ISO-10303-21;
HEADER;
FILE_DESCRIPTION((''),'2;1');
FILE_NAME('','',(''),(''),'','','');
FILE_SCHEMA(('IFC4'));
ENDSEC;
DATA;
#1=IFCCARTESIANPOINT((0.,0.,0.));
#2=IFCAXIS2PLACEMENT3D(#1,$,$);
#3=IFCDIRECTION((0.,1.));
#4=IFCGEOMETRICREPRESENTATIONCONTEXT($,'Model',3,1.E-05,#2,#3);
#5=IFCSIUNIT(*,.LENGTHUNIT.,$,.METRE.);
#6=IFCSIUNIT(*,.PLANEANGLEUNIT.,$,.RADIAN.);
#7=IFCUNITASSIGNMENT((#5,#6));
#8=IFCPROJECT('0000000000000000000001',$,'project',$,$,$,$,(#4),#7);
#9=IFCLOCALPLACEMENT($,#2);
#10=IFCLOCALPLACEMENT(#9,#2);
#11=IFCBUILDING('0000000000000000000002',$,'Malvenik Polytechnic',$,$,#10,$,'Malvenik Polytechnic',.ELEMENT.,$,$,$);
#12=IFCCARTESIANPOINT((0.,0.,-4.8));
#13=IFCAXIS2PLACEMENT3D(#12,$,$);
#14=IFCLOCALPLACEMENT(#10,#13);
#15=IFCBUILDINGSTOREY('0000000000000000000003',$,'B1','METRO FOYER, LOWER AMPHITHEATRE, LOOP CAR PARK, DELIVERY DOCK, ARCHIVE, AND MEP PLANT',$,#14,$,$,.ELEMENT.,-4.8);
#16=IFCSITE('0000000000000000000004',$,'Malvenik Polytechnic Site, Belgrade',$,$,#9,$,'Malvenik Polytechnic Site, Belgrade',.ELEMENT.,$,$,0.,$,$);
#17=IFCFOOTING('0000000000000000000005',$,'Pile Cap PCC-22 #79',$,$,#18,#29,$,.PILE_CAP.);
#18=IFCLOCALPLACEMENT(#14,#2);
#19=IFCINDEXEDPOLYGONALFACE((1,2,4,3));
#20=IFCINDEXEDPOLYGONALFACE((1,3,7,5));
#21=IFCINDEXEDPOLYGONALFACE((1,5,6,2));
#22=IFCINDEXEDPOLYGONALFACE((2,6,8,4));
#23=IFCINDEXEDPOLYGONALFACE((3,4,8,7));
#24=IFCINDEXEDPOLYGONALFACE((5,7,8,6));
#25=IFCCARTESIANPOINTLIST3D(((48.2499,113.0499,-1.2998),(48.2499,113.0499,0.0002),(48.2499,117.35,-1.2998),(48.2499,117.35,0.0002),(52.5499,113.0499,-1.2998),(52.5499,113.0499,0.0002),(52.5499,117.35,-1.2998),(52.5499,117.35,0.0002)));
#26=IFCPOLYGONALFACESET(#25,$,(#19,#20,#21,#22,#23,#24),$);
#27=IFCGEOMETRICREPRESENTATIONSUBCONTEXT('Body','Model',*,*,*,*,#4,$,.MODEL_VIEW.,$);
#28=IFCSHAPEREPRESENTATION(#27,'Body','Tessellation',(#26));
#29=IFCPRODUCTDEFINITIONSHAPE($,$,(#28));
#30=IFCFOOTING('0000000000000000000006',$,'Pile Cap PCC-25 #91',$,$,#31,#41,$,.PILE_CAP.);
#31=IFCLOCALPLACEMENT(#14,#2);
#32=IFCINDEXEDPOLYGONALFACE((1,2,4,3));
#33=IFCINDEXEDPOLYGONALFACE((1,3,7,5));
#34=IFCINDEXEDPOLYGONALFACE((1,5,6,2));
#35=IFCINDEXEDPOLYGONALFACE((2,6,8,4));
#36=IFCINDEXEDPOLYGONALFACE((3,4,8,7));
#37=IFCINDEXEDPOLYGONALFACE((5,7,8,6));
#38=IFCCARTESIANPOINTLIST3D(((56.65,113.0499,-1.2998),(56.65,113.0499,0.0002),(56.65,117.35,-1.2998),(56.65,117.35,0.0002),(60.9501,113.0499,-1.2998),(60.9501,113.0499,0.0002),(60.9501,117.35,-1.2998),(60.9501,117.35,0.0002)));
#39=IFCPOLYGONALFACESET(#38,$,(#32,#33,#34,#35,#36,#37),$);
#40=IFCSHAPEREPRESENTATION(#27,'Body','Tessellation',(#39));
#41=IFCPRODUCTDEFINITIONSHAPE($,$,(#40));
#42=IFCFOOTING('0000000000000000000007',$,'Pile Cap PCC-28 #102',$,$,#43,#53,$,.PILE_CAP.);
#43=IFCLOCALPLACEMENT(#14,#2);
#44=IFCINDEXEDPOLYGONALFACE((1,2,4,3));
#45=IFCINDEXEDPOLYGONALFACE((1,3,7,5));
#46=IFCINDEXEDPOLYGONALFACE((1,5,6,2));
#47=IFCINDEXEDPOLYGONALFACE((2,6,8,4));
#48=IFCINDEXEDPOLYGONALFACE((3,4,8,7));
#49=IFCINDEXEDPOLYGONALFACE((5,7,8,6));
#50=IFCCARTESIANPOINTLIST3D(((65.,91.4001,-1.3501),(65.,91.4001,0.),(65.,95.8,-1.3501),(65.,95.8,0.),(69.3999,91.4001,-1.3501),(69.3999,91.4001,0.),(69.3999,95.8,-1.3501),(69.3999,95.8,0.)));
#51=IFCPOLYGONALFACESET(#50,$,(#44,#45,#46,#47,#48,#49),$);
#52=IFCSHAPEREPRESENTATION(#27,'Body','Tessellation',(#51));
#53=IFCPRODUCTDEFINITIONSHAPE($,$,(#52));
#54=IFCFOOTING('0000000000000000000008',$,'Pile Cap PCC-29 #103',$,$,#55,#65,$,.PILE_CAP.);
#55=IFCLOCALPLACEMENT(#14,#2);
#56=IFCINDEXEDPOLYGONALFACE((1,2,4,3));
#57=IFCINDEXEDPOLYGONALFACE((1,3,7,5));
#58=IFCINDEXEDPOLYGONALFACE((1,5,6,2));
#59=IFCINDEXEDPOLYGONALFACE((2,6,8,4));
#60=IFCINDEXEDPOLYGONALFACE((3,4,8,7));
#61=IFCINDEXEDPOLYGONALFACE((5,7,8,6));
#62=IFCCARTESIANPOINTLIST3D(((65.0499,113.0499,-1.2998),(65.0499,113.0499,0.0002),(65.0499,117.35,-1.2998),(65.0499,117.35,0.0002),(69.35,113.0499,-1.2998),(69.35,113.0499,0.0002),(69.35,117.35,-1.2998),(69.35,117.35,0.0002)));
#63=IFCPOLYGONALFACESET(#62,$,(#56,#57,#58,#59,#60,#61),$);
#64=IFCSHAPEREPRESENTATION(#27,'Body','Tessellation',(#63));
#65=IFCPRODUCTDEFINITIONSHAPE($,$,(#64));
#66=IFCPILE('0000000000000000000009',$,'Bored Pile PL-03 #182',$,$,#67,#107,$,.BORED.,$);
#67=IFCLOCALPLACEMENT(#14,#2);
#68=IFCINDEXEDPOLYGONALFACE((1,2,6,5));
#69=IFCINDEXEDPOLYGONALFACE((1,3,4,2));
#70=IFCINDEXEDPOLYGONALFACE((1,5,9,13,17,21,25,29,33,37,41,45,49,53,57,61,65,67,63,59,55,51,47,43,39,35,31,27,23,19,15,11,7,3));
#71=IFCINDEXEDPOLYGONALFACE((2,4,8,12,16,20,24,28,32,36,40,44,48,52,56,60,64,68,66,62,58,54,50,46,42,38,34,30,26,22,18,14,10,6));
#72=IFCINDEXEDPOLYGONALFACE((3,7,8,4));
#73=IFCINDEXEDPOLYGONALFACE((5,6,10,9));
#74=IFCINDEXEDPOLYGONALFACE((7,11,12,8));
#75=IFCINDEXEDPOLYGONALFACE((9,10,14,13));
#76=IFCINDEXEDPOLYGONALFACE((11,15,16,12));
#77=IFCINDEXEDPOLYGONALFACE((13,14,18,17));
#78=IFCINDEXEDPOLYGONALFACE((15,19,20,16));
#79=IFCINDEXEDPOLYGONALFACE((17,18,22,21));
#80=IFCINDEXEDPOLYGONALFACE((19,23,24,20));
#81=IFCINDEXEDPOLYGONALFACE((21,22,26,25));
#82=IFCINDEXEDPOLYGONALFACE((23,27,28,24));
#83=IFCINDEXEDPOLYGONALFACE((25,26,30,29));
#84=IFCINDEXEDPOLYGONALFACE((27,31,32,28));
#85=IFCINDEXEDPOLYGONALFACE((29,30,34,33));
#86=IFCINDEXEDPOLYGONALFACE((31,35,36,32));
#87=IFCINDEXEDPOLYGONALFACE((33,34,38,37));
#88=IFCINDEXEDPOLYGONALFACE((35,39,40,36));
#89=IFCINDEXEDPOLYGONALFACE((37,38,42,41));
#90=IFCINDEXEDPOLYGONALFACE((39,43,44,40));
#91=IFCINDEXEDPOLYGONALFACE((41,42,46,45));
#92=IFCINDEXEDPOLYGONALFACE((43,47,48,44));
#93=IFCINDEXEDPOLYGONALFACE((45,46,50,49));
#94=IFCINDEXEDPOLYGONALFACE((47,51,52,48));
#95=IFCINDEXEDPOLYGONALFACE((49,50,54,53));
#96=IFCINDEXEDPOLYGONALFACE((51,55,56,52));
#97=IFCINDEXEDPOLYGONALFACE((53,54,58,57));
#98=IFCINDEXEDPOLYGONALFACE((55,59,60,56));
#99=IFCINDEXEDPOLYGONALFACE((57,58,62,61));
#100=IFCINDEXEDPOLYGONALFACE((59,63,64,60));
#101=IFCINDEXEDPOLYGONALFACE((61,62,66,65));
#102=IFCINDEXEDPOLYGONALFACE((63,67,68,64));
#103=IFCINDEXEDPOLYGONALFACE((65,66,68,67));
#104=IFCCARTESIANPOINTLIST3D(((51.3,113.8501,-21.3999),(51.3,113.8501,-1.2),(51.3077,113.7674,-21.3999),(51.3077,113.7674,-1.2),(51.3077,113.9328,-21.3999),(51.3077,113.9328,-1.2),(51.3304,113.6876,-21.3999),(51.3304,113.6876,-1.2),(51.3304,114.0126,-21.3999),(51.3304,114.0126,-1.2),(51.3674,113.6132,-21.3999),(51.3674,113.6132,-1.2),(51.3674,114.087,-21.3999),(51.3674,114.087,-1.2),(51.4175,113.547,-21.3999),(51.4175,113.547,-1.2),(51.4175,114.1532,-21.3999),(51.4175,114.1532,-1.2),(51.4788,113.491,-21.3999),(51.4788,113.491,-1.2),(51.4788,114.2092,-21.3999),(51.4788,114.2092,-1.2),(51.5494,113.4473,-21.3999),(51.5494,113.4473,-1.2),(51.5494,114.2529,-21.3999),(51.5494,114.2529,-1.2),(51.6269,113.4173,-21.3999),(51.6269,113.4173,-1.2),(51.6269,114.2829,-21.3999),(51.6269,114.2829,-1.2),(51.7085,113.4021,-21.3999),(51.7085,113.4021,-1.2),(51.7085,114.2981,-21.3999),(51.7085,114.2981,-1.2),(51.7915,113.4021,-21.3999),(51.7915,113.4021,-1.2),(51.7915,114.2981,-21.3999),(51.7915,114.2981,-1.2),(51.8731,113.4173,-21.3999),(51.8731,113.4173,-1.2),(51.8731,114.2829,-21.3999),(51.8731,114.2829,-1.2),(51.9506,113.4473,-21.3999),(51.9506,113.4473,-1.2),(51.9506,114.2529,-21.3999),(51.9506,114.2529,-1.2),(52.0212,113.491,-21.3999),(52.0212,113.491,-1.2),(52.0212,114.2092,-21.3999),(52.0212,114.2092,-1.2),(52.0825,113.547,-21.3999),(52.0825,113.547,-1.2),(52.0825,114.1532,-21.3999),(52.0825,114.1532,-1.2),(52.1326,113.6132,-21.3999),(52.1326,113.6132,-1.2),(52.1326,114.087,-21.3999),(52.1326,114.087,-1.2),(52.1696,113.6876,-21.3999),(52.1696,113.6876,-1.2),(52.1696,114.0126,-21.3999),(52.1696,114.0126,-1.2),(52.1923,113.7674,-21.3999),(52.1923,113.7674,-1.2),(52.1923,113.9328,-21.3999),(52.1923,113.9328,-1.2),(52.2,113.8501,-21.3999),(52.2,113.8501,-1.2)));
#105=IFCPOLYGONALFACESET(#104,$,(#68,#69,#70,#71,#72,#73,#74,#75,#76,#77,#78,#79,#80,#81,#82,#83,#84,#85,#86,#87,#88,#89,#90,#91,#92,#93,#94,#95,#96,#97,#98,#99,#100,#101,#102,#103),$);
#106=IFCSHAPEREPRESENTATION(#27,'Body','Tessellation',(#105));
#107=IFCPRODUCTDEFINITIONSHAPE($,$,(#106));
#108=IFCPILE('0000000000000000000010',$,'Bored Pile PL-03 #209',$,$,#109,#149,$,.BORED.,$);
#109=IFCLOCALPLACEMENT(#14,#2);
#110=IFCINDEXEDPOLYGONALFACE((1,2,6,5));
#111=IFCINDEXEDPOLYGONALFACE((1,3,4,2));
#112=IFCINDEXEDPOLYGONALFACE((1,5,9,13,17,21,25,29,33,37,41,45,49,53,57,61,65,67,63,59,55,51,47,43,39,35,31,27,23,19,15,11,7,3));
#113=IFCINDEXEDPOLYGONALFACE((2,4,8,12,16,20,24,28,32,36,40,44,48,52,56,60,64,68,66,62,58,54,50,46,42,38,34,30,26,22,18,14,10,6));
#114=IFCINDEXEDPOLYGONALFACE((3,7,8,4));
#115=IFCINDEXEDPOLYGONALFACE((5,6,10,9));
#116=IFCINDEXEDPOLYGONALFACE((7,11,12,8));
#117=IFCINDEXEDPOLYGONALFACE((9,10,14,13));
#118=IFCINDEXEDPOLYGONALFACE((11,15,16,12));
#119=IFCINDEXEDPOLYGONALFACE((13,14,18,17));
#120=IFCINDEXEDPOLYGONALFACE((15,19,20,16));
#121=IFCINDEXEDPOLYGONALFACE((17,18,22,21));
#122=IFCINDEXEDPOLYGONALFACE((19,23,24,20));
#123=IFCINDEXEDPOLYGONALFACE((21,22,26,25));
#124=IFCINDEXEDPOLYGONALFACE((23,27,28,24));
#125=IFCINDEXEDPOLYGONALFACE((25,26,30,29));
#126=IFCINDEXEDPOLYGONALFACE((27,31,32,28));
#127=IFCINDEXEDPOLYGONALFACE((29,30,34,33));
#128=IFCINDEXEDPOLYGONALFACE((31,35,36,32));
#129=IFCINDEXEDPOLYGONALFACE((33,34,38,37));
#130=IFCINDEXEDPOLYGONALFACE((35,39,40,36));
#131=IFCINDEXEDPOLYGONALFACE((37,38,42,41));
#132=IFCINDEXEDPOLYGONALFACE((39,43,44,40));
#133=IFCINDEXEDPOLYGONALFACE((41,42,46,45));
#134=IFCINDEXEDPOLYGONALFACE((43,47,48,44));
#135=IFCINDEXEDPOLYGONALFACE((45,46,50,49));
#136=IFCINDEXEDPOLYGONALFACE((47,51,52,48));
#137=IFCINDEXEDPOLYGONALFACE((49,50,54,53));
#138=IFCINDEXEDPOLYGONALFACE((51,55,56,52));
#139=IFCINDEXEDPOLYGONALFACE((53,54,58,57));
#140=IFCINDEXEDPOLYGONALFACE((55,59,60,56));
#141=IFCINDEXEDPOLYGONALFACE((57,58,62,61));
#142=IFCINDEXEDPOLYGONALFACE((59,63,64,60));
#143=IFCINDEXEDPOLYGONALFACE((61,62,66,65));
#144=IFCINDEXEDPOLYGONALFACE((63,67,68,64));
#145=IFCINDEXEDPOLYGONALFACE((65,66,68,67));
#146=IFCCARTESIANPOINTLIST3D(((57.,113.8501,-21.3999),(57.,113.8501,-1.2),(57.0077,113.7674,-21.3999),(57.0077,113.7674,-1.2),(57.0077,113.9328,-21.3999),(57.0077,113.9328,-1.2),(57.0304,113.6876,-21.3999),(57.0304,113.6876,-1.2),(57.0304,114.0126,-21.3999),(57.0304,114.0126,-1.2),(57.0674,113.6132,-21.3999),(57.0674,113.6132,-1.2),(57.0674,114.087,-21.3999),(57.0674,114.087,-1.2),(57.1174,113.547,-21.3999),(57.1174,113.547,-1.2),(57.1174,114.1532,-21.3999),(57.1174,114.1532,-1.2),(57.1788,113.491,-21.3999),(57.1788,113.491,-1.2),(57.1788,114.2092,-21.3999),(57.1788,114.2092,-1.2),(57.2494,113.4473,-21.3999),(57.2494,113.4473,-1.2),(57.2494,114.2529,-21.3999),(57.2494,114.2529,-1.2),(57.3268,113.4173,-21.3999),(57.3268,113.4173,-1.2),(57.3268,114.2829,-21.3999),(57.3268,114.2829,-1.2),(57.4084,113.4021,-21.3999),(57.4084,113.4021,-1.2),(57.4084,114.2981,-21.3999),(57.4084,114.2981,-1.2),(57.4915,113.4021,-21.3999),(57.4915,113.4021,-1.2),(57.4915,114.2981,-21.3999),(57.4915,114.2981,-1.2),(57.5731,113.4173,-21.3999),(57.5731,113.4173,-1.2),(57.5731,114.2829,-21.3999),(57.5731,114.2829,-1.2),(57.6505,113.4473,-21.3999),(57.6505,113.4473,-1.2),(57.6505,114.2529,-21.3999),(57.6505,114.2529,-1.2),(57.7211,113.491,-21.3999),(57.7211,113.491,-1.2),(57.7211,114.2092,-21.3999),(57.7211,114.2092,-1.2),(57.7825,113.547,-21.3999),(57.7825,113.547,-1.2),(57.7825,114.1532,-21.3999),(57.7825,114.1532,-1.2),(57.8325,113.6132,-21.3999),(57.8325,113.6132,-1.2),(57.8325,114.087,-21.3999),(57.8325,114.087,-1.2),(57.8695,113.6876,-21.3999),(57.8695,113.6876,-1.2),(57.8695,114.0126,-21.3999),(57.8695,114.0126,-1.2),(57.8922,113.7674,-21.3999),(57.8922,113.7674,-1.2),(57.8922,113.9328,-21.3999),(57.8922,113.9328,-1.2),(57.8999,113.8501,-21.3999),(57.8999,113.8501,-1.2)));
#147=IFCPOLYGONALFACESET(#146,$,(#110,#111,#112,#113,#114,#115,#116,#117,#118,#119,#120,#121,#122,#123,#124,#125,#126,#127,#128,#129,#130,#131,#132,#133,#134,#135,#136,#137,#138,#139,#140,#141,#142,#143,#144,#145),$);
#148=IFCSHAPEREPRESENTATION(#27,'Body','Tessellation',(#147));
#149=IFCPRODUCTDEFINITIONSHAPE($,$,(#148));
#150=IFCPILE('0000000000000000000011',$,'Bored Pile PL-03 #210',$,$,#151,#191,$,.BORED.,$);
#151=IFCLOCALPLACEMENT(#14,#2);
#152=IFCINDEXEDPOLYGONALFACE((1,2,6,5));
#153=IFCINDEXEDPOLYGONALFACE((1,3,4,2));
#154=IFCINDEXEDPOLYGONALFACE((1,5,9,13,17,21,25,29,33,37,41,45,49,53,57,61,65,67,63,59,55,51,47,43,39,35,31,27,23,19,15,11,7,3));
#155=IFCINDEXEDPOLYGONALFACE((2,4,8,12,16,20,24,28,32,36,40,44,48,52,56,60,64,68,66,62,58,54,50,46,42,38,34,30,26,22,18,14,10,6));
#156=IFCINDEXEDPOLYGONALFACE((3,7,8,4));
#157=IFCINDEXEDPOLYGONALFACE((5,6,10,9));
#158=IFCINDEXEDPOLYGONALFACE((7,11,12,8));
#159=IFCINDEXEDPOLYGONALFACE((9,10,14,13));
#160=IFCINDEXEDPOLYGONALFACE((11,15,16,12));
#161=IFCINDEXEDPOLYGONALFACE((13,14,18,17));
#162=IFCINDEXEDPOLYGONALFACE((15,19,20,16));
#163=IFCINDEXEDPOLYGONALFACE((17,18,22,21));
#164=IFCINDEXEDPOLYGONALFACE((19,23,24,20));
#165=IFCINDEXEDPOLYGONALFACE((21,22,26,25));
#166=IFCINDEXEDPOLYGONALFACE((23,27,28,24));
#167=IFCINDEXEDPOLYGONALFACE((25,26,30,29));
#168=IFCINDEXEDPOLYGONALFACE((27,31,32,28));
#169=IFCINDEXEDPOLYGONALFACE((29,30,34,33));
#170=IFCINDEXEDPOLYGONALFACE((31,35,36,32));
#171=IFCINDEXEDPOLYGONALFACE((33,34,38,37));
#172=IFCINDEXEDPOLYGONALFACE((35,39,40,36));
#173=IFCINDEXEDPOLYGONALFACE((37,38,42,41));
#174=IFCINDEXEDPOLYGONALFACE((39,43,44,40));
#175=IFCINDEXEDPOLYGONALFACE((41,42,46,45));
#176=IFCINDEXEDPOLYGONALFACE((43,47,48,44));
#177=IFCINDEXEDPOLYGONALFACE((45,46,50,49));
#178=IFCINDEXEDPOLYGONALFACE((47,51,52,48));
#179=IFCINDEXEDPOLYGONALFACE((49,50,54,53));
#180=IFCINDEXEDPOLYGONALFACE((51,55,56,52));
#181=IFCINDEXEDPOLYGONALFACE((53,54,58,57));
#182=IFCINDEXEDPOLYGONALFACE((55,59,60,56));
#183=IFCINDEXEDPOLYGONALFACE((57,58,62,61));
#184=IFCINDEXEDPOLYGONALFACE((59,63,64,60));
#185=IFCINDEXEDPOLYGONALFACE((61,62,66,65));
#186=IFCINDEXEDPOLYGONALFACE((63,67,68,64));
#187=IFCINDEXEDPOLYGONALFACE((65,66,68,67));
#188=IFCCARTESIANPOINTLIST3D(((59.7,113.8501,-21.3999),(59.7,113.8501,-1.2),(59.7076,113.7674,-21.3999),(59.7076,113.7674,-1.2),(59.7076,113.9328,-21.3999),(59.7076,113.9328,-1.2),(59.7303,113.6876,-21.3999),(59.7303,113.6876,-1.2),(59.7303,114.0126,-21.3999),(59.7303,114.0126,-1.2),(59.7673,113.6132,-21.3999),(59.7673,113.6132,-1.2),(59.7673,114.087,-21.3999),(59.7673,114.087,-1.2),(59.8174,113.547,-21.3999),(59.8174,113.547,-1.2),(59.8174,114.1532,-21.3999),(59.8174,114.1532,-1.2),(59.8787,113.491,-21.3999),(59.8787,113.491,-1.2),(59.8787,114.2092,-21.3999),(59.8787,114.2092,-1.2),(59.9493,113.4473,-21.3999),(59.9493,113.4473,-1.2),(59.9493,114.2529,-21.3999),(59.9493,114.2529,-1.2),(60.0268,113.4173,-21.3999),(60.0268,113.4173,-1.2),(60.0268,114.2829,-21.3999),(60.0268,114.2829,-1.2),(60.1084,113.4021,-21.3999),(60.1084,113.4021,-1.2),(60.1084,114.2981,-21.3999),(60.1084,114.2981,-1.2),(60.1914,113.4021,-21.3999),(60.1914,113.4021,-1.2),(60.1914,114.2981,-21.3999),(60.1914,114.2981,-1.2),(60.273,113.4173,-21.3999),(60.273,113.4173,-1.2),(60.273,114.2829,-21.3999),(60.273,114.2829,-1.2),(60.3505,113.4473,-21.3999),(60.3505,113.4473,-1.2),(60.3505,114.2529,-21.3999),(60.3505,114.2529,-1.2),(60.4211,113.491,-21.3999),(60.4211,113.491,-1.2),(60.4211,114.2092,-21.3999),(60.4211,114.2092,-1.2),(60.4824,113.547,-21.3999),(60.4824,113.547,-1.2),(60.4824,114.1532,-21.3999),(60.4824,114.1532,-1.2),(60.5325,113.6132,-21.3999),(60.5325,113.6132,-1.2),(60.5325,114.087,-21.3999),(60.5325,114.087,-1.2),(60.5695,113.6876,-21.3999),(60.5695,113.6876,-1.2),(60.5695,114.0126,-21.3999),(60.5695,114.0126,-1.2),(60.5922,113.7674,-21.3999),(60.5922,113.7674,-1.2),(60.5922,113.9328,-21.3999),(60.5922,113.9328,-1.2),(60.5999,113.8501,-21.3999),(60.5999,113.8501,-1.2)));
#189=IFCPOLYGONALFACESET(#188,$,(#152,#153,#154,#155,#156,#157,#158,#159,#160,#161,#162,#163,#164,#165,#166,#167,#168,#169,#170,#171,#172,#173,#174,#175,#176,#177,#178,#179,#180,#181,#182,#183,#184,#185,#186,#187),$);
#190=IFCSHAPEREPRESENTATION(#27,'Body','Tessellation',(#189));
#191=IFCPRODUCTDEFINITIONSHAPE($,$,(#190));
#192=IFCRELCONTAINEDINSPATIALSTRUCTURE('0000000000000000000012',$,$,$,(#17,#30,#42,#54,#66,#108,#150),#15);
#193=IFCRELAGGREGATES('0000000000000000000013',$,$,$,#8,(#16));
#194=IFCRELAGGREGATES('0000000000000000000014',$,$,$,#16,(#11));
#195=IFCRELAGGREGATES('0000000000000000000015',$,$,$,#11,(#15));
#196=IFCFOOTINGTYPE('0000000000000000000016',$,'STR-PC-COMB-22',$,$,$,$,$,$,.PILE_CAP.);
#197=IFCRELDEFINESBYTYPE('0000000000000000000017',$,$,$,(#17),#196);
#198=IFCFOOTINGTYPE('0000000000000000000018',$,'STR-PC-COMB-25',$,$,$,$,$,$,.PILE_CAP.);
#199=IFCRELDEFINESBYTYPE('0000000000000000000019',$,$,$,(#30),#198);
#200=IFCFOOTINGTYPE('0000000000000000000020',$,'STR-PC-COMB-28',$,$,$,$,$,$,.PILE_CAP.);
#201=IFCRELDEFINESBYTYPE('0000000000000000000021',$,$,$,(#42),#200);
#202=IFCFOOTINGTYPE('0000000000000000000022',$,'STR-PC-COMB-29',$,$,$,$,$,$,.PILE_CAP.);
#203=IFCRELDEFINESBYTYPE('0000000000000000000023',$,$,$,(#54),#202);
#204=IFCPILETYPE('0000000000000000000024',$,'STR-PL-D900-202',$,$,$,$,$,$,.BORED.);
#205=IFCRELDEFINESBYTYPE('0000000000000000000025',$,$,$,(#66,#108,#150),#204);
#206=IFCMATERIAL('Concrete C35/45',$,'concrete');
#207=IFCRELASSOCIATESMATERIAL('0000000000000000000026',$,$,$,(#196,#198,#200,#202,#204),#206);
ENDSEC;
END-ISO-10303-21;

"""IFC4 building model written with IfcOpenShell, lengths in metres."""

from ifc_helpers import new_model, si_unit, direction, frame, origin, origin_2d, place, context, subcontext, project, spatial, rectangle, circle, extrude, material, material_profile, profile_set, type_object, element, save


model = new_model("IFC4")

# Units and contexts
model_context = context("Model", 3, precision=1e-05, world=origin(), true_north=direction((0.0, 1.0)))
body_context = subcontext(model_context, "Body", "Model", "MODEL_VIEW")
ifc_project = project(units=[si_unit("LENGTHUNIT", "METRE"), si_unit("PLANEANGLEUNIT", "RADIAN")], contexts=[model_context])

# Site, building, storey
site_placement = place(None, origin())
site = spatial("IfcSite", under=ifc_project, at=site_placement, Name="Malvenik Polytechnic Site, Belgrade", LongName="Malvenik Polytechnic Site, Belgrade", CompositionType="ELEMENT", RefElevation=0.0)
building_placement = place(site_placement, origin())
building = spatial("IfcBuilding", under=site, at=building_placement, Name="Malvenik Polytechnic", LongName="Malvenik Polytechnic", CompositionType="ELEMENT")
storey_placement = place(building_placement, frame((0.0, 0.0, -4.8)))
storey = spatial("IfcBuildingStorey", under=building, at=storey_placement, Name="B1", Description="METRO FOYER, LOWER AMPHITHEATRE, LOOP CAR PARK, DELIVERY DOCK, ARCHIVE, AND MEP PLANT", CompositionType="ELEMENT", Elevation=-4.8)

# Footings
ifc_material_1 = material(Name="Concrete C35/45", Category="concrete")
footing_type_1 = type_object("IfcFootingType", Name="STR-PC-COMB-22", PredefinedType="PILE_CAP", material=ifc_material_1)
footing_1_placement = place(storey_placement, frame((50.3999, 115.2, -1.2998), z_axis=(0.0, 0.0, 1.0), x_axis=(1.0, 0.0, 0.0)))
element("IfcFooting", 1, at=footing_1_placement, inside=storey, type_object=footing_type_1, Name="Pile Cap PCC-22 #79", PredefinedType="PILE_CAP", context=body_context, shape_type="SweptSolid", body=[
    extrude(rectangle(XDim=4.3, YDim=4.3, at=origin_2d()), origin(), (0.0, 0.0, 1.0), 1.3),
])
footing_type_2 = type_object("IfcFootingType", Name="STR-PC-COMB-25", PredefinedType="PILE_CAP", material=ifc_material_1)
footing_2_placement = place(storey_placement, frame((58.8, 115.2, -1.2998), z_axis=(0.0, 0.0, 1.0), x_axis=(1.0, 0.0, 0.0)))
element("IfcFooting", 2, at=footing_2_placement, inside=storey, type_object=footing_type_2, Name="Pile Cap PCC-25 #91", PredefinedType="PILE_CAP", context=body_context, shape_type="SweptSolid", body=[
    extrude(rectangle(XDim=4.3, YDim=4.3, at=origin_2d()), origin(), (0.0, 0.0, 1.0), 1.3),
])
footing_type_3 = type_object("IfcFootingType", Name="STR-PC-COMB-28", PredefinedType="PILE_CAP", material=ifc_material_1)
footing_3_placement = place(storey_placement, frame((67.2, 93.6001, -1.3501), z_axis=(0.0, 0.0, 1.0), x_axis=(1.0, 0.0, 0.0)))
element("IfcFooting", 3, at=footing_3_placement, inside=storey, type_object=footing_type_3, Name="Pile Cap PCC-28 #102", PredefinedType="PILE_CAP", context=body_context, shape_type="SweptSolid", body=[
    extrude(rectangle(XDim=4.3999, YDim=4.3999, at=origin_2d()), origin(), (0.0, 0.0, 1.0), 1.3501),
])
footing_type_4 = type_object("IfcFootingType", Name="STR-PC-COMB-29", PredefinedType="PILE_CAP", material=ifc_material_1)
footing_4_placement = place(storey_placement, frame((67.2, 115.2, -1.2998), z_axis=(0.0, 0.0, 1.0), x_axis=(1.0, 0.0, 0.0)))
element("IfcFooting", 4, at=footing_4_placement, inside=storey, type_object=footing_type_4, Name="Pile Cap PCC-29 #103", PredefinedType="PILE_CAP", context=body_context, shape_type="SweptSolid", body=[
    extrude(rectangle(XDim=4.3, YDim=4.3, at=origin_2d()), origin(), (0.0, 0.0, 1.0), 1.3),
])

# Piles
ifc_material_profile_1 = material_profile(ifc_material_1, circle(Radius=0.45, at=origin_2d()), Name="BORED PILE D900")
ifc_profile_set_1 = profile_set([ifc_material_profile_1], Name="Concrete C35/45")
pile_type = type_object("IfcPileType", Name="STR-PL-D900-202", PredefinedType="BORED", material=ifc_profile_set_1)
for number, where, z_axis, x_axis, name in (
    (5, (51.75, 113.8501, -1.2), (0.0, 0.0, -1.0), (1.0, 0.0, 0.0), "Bored Pile PL-03 #182"),
    (6, (57.45, 113.8501, -1.2), (0.0, 0.0, -1.0), (1.0, 0.0, 0.0), "Bored Pile PL-03 #209"),
    (7, (60.1499, 113.8501, -1.2), (0.0, 0.0, -1.0), (1.0, 0.0, 0.0), "Bored Pile PL-03 #210"),
):
    element("IfcPile", number, at=place(storey_placement, frame(where, z_axis=z_axis, x_axis=x_axis)), inside=storey, type_object=pile_type, Name=name, PredefinedType="BORED", context=body_context, shape_type="SweptSolid", body=[
        extrude(circle(Radius=0.45, at=origin_2d()), origin(), (0.0, 0.0, 1.0), 20.2),
    ])

save(model, "model.ifc")
